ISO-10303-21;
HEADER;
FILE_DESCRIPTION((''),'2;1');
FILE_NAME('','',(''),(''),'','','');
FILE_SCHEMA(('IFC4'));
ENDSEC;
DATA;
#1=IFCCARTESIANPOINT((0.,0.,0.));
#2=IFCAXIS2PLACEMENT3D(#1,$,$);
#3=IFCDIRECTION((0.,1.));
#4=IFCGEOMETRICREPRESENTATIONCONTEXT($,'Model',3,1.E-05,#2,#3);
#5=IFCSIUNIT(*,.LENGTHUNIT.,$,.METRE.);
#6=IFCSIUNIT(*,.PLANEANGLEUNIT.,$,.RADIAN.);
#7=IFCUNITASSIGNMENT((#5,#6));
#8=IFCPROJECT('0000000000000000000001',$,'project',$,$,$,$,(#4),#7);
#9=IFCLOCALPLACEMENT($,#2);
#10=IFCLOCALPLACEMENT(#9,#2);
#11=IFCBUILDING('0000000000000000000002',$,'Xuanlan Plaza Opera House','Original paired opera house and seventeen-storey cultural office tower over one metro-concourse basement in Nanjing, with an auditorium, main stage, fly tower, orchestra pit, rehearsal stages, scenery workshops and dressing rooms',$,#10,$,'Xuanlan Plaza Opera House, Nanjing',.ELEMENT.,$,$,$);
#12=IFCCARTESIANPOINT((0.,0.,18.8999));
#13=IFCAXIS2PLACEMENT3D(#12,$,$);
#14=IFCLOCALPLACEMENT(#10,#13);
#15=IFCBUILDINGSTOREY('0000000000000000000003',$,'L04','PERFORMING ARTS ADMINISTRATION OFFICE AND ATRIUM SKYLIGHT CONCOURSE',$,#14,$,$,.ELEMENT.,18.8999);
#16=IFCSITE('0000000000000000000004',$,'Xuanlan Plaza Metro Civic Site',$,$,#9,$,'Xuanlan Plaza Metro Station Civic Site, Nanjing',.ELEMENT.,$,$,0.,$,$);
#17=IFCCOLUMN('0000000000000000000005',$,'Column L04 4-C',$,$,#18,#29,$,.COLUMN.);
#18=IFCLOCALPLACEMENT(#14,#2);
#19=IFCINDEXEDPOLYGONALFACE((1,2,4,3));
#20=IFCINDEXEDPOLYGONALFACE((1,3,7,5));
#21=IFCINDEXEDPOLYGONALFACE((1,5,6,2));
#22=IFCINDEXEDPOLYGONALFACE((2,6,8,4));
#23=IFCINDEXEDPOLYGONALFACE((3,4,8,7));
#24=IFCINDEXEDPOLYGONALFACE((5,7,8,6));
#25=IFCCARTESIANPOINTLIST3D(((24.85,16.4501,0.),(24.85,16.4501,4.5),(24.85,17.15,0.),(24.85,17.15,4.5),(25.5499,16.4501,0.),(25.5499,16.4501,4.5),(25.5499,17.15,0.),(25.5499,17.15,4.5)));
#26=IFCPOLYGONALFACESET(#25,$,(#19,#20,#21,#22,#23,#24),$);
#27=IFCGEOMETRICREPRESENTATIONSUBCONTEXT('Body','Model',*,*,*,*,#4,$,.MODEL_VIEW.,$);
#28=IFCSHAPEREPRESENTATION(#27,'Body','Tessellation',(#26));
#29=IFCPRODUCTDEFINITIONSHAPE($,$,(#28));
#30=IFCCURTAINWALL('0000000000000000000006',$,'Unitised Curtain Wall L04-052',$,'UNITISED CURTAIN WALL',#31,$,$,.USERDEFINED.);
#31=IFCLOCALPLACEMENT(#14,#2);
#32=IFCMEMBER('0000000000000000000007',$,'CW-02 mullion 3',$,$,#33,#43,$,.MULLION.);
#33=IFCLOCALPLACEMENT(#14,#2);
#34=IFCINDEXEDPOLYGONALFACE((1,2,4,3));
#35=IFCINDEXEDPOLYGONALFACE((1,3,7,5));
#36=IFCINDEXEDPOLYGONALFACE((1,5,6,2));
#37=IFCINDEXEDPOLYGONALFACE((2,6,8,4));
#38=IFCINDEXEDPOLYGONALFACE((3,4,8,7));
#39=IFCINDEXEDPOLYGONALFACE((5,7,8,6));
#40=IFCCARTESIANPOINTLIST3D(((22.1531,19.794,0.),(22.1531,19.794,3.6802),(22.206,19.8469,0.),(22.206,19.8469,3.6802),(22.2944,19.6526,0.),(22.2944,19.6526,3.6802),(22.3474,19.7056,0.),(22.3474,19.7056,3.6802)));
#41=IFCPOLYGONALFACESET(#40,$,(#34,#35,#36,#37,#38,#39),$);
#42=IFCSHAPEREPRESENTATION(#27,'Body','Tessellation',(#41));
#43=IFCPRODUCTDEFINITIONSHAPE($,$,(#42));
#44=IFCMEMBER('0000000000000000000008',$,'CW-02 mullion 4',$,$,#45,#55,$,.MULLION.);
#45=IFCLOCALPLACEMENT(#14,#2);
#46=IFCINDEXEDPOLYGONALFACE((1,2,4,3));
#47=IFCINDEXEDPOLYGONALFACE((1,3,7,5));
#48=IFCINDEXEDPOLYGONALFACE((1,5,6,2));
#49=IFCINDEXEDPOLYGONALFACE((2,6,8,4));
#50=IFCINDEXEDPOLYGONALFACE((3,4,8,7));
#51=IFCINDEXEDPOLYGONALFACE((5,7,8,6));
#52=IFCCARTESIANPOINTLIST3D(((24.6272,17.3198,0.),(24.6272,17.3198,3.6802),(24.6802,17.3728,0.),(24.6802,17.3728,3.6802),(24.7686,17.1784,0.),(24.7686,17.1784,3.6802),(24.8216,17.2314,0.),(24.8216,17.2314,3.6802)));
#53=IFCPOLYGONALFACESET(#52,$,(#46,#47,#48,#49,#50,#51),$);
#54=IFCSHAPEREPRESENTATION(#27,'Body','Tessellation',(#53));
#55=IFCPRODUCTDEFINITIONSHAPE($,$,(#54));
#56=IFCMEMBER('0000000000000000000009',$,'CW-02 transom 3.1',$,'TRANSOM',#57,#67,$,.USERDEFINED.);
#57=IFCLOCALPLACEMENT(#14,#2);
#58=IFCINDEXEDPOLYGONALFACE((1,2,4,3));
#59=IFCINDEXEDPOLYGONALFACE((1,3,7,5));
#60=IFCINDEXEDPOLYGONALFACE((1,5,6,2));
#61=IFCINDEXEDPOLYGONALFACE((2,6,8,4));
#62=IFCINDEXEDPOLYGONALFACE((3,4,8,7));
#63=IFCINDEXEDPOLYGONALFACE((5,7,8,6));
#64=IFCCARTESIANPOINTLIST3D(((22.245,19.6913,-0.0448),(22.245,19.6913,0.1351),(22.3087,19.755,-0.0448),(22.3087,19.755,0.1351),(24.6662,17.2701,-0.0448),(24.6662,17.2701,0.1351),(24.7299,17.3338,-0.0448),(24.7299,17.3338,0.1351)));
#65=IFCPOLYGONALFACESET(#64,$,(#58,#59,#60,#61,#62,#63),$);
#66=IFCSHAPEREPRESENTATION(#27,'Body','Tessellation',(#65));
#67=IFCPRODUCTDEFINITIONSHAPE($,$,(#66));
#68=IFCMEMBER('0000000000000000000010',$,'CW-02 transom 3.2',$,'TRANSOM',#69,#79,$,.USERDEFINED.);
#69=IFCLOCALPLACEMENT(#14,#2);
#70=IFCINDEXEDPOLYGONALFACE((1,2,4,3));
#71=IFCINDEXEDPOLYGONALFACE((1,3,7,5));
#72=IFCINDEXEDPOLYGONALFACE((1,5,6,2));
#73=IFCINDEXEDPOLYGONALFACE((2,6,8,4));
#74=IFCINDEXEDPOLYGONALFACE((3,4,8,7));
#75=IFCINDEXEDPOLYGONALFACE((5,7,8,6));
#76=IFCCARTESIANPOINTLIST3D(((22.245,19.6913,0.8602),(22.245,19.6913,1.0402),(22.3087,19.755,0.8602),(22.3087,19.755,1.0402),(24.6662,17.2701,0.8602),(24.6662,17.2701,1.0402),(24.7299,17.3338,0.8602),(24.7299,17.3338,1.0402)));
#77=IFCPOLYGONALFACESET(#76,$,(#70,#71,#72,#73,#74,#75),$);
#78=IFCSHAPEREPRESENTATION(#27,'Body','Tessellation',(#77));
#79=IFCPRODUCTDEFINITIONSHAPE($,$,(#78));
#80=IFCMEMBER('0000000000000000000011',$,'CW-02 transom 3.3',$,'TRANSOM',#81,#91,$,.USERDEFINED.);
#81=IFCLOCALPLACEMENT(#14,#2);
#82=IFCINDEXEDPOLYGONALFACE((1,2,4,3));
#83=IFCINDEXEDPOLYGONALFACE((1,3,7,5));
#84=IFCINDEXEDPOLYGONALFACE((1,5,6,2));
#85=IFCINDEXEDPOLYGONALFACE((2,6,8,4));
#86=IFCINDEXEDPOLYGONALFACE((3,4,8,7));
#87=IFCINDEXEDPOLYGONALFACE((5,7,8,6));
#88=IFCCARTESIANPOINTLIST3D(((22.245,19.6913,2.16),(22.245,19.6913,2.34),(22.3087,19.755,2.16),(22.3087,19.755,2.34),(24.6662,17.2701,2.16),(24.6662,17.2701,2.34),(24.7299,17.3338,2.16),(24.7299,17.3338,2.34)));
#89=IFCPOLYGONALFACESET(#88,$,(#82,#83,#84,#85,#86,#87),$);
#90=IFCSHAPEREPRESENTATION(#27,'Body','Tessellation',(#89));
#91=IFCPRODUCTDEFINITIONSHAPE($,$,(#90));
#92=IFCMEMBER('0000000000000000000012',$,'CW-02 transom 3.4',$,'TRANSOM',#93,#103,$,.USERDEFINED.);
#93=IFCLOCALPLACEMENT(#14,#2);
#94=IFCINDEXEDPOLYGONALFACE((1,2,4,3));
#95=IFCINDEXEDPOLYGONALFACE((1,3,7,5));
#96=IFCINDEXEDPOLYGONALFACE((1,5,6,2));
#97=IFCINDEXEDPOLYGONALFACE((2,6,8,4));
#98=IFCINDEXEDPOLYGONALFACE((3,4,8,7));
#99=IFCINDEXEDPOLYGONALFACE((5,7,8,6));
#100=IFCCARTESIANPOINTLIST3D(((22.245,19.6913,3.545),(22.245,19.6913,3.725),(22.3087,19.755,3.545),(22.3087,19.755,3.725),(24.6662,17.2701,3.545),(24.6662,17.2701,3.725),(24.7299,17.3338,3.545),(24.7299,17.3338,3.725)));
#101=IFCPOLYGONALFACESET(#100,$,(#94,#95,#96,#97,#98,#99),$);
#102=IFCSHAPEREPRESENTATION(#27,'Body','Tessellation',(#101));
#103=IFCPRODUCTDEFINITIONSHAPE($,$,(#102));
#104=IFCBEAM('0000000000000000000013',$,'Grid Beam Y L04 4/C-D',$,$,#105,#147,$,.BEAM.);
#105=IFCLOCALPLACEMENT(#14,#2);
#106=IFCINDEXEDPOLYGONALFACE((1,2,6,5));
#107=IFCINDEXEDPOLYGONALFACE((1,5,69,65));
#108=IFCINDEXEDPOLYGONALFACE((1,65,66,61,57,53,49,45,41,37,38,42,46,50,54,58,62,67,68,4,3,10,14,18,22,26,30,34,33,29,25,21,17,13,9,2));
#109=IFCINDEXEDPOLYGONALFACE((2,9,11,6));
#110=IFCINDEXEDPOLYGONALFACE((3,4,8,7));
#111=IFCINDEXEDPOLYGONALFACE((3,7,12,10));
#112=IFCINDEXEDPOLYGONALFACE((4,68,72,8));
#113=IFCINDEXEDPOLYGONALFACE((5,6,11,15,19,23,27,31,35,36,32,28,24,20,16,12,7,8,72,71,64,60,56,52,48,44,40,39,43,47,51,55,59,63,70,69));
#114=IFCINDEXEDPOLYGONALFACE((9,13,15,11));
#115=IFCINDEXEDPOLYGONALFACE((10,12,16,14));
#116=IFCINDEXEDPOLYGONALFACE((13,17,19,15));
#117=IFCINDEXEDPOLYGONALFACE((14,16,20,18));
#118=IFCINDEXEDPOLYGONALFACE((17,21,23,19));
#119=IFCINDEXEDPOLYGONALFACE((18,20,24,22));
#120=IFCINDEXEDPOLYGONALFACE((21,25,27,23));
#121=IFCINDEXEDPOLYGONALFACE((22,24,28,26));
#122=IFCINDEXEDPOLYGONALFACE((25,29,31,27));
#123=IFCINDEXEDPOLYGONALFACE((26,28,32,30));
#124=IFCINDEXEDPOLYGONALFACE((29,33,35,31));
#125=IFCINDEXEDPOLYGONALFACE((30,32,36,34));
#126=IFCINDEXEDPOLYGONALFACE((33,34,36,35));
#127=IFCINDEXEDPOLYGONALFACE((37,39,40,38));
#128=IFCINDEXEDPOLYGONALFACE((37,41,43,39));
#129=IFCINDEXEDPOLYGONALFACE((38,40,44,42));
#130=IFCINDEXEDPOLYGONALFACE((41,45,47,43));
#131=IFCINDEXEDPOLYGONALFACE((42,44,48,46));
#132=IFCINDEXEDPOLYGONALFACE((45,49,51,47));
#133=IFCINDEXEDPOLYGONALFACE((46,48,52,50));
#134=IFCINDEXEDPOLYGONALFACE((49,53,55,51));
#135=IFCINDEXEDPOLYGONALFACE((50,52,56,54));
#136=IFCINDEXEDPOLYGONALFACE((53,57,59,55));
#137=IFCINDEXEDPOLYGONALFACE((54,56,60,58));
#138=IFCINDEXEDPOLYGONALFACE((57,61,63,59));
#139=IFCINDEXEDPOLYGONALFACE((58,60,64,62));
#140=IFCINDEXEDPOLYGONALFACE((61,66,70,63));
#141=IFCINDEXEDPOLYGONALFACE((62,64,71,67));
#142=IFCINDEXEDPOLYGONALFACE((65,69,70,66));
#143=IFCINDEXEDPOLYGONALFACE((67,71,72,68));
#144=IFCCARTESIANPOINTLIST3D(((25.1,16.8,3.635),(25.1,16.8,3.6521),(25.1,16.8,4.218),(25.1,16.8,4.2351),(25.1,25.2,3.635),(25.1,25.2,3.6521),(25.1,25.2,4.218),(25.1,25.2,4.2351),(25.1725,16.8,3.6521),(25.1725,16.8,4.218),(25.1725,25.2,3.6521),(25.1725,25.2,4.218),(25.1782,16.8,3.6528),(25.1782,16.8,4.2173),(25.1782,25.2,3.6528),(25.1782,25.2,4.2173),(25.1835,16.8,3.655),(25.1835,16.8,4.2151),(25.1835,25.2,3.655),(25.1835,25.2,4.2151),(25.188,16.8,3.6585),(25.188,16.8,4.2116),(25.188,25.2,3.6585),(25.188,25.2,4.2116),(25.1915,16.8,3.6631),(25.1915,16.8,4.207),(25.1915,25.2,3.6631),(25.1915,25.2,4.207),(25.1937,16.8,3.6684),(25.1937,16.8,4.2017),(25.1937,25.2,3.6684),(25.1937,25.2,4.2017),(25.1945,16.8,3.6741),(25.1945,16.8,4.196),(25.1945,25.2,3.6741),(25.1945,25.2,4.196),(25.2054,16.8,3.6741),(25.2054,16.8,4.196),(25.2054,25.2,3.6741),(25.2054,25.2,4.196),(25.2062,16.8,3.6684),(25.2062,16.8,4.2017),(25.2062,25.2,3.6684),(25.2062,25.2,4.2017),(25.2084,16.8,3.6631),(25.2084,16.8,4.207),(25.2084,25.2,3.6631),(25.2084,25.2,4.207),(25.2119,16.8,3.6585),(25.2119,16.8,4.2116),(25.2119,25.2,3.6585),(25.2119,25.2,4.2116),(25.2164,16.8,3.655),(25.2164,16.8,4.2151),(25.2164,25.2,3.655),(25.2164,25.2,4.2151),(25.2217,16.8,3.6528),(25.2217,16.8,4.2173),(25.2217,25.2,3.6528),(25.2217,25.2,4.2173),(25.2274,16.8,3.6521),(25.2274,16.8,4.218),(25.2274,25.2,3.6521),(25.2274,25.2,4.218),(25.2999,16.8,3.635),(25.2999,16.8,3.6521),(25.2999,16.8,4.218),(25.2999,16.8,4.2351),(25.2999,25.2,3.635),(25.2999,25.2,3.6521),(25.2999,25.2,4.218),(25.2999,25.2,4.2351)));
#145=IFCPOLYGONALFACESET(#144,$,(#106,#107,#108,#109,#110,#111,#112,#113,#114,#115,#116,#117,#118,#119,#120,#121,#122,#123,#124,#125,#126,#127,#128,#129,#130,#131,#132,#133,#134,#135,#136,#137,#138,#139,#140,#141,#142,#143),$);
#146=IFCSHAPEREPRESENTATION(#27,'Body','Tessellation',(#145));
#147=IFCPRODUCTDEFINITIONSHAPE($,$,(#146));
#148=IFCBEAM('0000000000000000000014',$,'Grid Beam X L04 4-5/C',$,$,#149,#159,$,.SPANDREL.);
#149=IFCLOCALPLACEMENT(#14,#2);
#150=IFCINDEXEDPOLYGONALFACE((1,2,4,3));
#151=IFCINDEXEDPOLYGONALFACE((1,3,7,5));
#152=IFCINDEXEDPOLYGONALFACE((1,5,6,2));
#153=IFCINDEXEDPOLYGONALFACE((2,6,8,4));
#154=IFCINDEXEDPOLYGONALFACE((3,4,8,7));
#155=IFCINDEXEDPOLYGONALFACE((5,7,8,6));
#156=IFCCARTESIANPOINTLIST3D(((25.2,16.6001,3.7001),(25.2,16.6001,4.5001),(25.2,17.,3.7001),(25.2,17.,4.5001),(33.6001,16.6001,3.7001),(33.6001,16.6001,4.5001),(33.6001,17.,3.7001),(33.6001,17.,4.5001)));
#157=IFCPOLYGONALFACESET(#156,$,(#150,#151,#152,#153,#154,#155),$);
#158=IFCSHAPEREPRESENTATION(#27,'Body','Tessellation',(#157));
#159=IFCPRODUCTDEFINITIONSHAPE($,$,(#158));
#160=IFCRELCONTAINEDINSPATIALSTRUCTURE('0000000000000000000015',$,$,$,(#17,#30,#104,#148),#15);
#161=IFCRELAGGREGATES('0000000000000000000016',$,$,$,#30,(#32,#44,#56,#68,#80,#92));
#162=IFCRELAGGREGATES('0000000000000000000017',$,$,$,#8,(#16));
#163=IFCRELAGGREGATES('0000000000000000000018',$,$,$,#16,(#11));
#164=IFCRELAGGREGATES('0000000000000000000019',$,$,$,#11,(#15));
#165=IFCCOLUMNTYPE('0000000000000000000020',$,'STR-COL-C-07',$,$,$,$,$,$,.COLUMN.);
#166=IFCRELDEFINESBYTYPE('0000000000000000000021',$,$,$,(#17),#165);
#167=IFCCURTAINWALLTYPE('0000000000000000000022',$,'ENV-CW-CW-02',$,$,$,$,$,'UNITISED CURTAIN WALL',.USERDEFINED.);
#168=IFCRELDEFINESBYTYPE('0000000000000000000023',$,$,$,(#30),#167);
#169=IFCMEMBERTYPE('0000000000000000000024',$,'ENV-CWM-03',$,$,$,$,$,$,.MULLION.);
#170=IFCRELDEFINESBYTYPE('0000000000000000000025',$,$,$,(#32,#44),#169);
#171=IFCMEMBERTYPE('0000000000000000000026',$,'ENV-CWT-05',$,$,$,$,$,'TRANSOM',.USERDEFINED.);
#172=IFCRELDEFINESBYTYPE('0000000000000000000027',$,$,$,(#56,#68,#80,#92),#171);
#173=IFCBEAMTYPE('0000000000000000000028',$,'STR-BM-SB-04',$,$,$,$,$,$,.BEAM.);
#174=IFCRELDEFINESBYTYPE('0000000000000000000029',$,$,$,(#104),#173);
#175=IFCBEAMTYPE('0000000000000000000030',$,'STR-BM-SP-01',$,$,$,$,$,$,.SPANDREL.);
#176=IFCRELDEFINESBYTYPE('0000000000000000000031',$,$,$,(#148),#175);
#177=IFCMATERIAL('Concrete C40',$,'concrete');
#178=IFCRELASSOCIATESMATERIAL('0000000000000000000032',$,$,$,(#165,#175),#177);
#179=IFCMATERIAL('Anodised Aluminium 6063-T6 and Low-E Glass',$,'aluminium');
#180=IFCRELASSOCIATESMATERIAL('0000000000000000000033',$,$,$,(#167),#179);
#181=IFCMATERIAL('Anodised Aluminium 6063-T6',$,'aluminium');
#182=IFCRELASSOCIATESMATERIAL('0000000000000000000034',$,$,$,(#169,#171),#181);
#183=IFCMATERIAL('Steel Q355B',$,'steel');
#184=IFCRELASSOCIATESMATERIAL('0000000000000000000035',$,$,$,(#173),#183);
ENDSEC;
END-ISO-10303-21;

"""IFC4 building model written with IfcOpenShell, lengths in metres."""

from ifc_helpers import new_model, si_unit, direction, frame, origin, origin_2d, place, context, subcontext, project, spatial, rectangle, i_section, extrude, material, material_profile, profile_set, type_object, element, aggregate, save


model = new_model("IFC4")

# Units and contexts
model_context = context("Model", 3, precision=1e-05, world=origin(), true_north=direction((0.0, 1.0)))
body_context = subcontext(model_context, "Body", "Model", "MODEL_VIEW")
ifc_project = project(units=[si_unit("LENGTHUNIT", "METRE"), si_unit("PLANEANGLEUNIT", "RADIAN")], contexts=[model_context])

# Site, building, storey
site_placement = place(None, origin())
site = spatial("IfcSite", under=ifc_project, at=site_placement, Name="Xuanlan Plaza Metro Civic Site", LongName="Xuanlan Plaza Metro Station Civic Site, Nanjing", CompositionType="ELEMENT", RefElevation=0.0)
building_placement = place(site_placement, origin())
building = spatial("IfcBuilding", under=site, at=building_placement, Name="Xuanlan Plaza Opera House", Description="Original paired opera house and seventeen-storey cultural office tower over one metro-concourse basement in Nanjing, with an auditorium, main stage, fly tower, orchestra pit, rehearsal stages, scenery workshops and dressing rooms", LongName="Xuanlan Plaza Opera House, Nanjing", CompositionType="ELEMENT")
storey_placement = place(building_placement, frame((0.0, 0.0, 18.8999)))
storey = spatial("IfcBuildingStorey", under=building, at=storey_placement, Name="L04", Description="PERFORMING ARTS ADMINISTRATION OFFICE AND ATRIUM SKYLIGHT CONCOURSE", CompositionType="ELEMENT", Elevation=18.8999)

# Column
ifc_material_1 = material(Name="Concrete C40", Category="concrete")
ifc_material_profile_1 = material_profile(ifc_material_1, rectangle(XDim=0.7, YDim=0.7, at=origin_2d()), Name="RC-COL 700x700")
ifc_profile_set_1 = profile_set([ifc_material_profile_1], Name="Concrete C40")
column_type = type_object("IfcColumnType", Name="STR-COL-C-07", PredefinedType="COLUMN", material=ifc_profile_set_1)
column_placement = place(storey_placement, frame((25.2, 16.8, 0.0), z_axis=(0.0, 0.0, 1.0), x_axis=(1.0, 0.0, 0.0)))
element("IfcColumn", 1, at=column_placement, inside=storey, type_object=column_type, Name="Column L04 4-C", PredefinedType="COLUMN", context=body_context, shape_type="SweptSolid", body=[
    extrude(rectangle(XDim=0.7, YDim=0.7, at=origin_2d()), origin(), (0.0, 0.0, 1.0), 4.5),
])

# Curtain wall, members
ifc_material_2 = material(Name="Anodised Aluminium 6063-T6 and Low-E Glass", Category="aluminium")
curtain_wall_type = type_object("IfcCurtainWallType", Name="ENV-CW-CW-02", ElementType="UNITISED CURTAIN WALL", PredefinedType="USERDEFINED", material=ifc_material_2)
curtain_wall_placement = place(storey_placement, origin())
curtain_wall = element("IfcCurtainWall", 2, at=curtain_wall_placement, inside=storey, type_object=curtain_wall_type, Name="Unitised Curtain Wall L04-052", ObjectType="UNITISED CURTAIN WALL", PredefinedType="USERDEFINED")
ifc_material_3 = material(Name="Anodised Aluminium 6063-T6", Category="aluminium")
ifc_material_profile_2 = material_profile(ifc_material_3, rectangle(XDim=0.075, YDim=0.2, at=origin_2d()), Name="ALU-M 75x200")
ifc_profile_set_2 = profile_set([ifc_material_profile_2], Name="Anodised Aluminium 6063-T6")
member_type_1 = type_object("IfcMemberType", Name="ENV-CWM-03", PredefinedType="MULLION", material=ifc_profile_set_2)
member_1_placement = place(storey_placement, frame((22.2502, 19.7498, 0.0), z_axis=(0.0, 0.0, 1.0), x_axis=(0.707107, 0.707107, 0.0)))
member_1 = element("IfcMember", 3, at=member_1_placement, type_object=member_type_1, Name="CW-02 mullion 3", PredefinedType="MULLION", context=body_context, shape_type="SweptSolid", body=[
    extrude(rectangle(XDim=0.075, YDim=0.2, at=origin_2d()), origin(), (0.0, 0.0, 1.0), 3.6802),
])
member_2_placement = place(storey_placement, frame((24.7244, 17.2756, 0.0), z_axis=(0.0, 0.0, 1.0), x_axis=(0.707107, 0.707107, 0.0)))
member_2 = element("IfcMember", 4, at=member_2_placement, type_object=member_type_1, Name="CW-02 mullion 4", PredefinedType="MULLION", context=body_context, shape_type="SweptSolid", body=[
    extrude(rectangle(XDim=0.075, YDim=0.2, at=origin_2d()), origin(), (0.0, 0.0, 1.0), 3.6802),
])
ifc_material_profile_3 = material_profile(ifc_material_3, rectangle(XDim=0.0901, YDim=0.1799, at=origin_2d()), Name="ALU-T 90x180")
ifc_profile_set_3 = profile_set([ifc_material_profile_3], Name="Anodised Aluminium 6063-T6")
member_type_2 = type_object("IfcMemberType", Name="ENV-CWT-05", ElementType="TRANSOM", PredefinedType="USERDEFINED", material=ifc_profile_set_3)
member_3_placement = place(storey_placement, frame((22.2769, 19.7231, 0.0452), z_axis=(0.707107, -0.707107, 0.0), x_axis=(0.707107, 0.707107, 0.0)))
member_3 = element("IfcMember", 5, at=member_3_placement, type_object=member_type_2, Name="CW-02 transom 3.1", ObjectType="TRANSOM", PredefinedType="USERDEFINED", context=body_context, shape_type="SweptSolid", body=[
    extrude(rectangle(XDim=0.0901, YDim=0.1799, at=origin_2d()), origin(), (0.0, 0.0, 1.0), 3.4241),
])
member_4_placement = place(storey_placement, frame((22.2769, 19.7231, 0.9502), z_axis=(0.707107, -0.707107, 0.0), x_axis=(0.707107, 0.707107, 0.0)))
member_4 = element("IfcMember", 6, at=member_4_placement, type_object=member_type_2, Name="CW-02 transom 3.2", ObjectType="TRANSOM", PredefinedType="USERDEFINED", context=body_context, shape_type="SweptSolid", body=[
    extrude(rectangle(XDim=0.0901, YDim=0.1799, at=origin_2d()), origin(), (0.0, 0.0, 1.0), 3.4241),
])
member_5_placement = place(storey_placement, frame((22.2769, 19.7231, 2.25), z_axis=(0.707107, -0.707107, 0.0), x_axis=(0.707107, 0.707107, 0.0)))
member_5 = element("IfcMember", 7, at=member_5_placement, type_object=member_type_2, Name="CW-02 transom 3.3", ObjectType="TRANSOM", PredefinedType="USERDEFINED", context=body_context, shape_type="SweptSolid", body=[
    extrude(rectangle(XDim=0.0901, YDim=0.1799, at=origin_2d()), origin(), (0.0, 0.0, 1.0), 3.4241),
])
member_6_placement = place(storey_placement, frame((22.2769, 19.7231, 3.635), z_axis=(0.707107, -0.707107, 0.0), x_axis=(0.707107, 0.707107, 0.0)))
member_6 = element("IfcMember", 8, at=member_6_placement, type_object=member_type_2, Name="CW-02 transom 3.4", ObjectType="TRANSOM", PredefinedType="USERDEFINED", context=body_context, shape_type="SweptSolid", body=[
    extrude(rectangle(XDim=0.0901, YDim=0.1799, at=origin_2d()), origin(), (0.0, 0.0, 1.0), 3.4241),
])

# Beams
ifc_material_4 = material(Name="Steel Q355B", Category="steel")
ifc_material_profile_4 = material_profile(ifc_material_4, i_section(OverallWidth=0.2, OverallDepth=0.6001, WebThickness=0.011, FlangeThickness=0.0171, FilletRadius=0.022, at=origin_2d()), Name="HN 600x200x11x17")
ifc_profile_set_4 = profile_set([ifc_material_profile_4], Name="Steel Q355B")
beam_type_1 = type_object("IfcBeamType", Name="STR-BM-SB-04", PredefinedType="BEAM", material=ifc_profile_set_4)
beam_1_placement = place(storey_placement, frame((25.2, 16.8, 3.9351), z_axis=(0.0, 1.0, 0.0), x_axis=(-1.0, 0.0, 0.0)))
element("IfcBeam", 9, at=beam_1_placement, inside=storey, type_object=beam_type_1, Name="Grid Beam Y L04 4/C-D", PredefinedType="BEAM", context=body_context, shape_type="SweptSolid", body=[
    extrude(i_section(OverallWidth=0.2, OverallDepth=0.6001, WebThickness=0.011, FlangeThickness=0.0171, FilletRadius=0.022, at=origin_2d()), origin(), (0.0, 0.0, 1.0), 8.3999),
])
ifc_material_profile_5 = material_profile(ifc_material_1, rectangle(XDim=0.3999, YDim=0.8, at=origin_2d()), Name="RC-SPD 400x800")
ifc_profile_set_5 = profile_set([ifc_material_profile_5], Name="Concrete C40")
beam_type_2 = type_object("IfcBeamType", Name="STR-BM-SP-01", PredefinedType="SPANDREL", material=ifc_profile_set_5)
beam_2_placement = place(storey_placement, frame((25.2, 16.8, 4.1001), z_axis=(1.0, 0.0, 0.0), x_axis=(0.0, 1.0, 0.0)))
element("IfcBeam", 10, at=beam_2_placement, inside=storey, type_object=beam_type_2, Name="Grid Beam X L04 4-5/C", PredefinedType="SPANDREL", context=body_context, shape_type="SweptSolid", body=[
    extrude(rectangle(XDim=0.3999, YDim=0.8, at=origin_2d()), origin(), (0.0, 0.0, 1.0), 8.4001),
])

aggregate(curtain_wall, [member_1, member_2, member_3, member_4, member_5, member_6])

save(model, "model.ifc")
